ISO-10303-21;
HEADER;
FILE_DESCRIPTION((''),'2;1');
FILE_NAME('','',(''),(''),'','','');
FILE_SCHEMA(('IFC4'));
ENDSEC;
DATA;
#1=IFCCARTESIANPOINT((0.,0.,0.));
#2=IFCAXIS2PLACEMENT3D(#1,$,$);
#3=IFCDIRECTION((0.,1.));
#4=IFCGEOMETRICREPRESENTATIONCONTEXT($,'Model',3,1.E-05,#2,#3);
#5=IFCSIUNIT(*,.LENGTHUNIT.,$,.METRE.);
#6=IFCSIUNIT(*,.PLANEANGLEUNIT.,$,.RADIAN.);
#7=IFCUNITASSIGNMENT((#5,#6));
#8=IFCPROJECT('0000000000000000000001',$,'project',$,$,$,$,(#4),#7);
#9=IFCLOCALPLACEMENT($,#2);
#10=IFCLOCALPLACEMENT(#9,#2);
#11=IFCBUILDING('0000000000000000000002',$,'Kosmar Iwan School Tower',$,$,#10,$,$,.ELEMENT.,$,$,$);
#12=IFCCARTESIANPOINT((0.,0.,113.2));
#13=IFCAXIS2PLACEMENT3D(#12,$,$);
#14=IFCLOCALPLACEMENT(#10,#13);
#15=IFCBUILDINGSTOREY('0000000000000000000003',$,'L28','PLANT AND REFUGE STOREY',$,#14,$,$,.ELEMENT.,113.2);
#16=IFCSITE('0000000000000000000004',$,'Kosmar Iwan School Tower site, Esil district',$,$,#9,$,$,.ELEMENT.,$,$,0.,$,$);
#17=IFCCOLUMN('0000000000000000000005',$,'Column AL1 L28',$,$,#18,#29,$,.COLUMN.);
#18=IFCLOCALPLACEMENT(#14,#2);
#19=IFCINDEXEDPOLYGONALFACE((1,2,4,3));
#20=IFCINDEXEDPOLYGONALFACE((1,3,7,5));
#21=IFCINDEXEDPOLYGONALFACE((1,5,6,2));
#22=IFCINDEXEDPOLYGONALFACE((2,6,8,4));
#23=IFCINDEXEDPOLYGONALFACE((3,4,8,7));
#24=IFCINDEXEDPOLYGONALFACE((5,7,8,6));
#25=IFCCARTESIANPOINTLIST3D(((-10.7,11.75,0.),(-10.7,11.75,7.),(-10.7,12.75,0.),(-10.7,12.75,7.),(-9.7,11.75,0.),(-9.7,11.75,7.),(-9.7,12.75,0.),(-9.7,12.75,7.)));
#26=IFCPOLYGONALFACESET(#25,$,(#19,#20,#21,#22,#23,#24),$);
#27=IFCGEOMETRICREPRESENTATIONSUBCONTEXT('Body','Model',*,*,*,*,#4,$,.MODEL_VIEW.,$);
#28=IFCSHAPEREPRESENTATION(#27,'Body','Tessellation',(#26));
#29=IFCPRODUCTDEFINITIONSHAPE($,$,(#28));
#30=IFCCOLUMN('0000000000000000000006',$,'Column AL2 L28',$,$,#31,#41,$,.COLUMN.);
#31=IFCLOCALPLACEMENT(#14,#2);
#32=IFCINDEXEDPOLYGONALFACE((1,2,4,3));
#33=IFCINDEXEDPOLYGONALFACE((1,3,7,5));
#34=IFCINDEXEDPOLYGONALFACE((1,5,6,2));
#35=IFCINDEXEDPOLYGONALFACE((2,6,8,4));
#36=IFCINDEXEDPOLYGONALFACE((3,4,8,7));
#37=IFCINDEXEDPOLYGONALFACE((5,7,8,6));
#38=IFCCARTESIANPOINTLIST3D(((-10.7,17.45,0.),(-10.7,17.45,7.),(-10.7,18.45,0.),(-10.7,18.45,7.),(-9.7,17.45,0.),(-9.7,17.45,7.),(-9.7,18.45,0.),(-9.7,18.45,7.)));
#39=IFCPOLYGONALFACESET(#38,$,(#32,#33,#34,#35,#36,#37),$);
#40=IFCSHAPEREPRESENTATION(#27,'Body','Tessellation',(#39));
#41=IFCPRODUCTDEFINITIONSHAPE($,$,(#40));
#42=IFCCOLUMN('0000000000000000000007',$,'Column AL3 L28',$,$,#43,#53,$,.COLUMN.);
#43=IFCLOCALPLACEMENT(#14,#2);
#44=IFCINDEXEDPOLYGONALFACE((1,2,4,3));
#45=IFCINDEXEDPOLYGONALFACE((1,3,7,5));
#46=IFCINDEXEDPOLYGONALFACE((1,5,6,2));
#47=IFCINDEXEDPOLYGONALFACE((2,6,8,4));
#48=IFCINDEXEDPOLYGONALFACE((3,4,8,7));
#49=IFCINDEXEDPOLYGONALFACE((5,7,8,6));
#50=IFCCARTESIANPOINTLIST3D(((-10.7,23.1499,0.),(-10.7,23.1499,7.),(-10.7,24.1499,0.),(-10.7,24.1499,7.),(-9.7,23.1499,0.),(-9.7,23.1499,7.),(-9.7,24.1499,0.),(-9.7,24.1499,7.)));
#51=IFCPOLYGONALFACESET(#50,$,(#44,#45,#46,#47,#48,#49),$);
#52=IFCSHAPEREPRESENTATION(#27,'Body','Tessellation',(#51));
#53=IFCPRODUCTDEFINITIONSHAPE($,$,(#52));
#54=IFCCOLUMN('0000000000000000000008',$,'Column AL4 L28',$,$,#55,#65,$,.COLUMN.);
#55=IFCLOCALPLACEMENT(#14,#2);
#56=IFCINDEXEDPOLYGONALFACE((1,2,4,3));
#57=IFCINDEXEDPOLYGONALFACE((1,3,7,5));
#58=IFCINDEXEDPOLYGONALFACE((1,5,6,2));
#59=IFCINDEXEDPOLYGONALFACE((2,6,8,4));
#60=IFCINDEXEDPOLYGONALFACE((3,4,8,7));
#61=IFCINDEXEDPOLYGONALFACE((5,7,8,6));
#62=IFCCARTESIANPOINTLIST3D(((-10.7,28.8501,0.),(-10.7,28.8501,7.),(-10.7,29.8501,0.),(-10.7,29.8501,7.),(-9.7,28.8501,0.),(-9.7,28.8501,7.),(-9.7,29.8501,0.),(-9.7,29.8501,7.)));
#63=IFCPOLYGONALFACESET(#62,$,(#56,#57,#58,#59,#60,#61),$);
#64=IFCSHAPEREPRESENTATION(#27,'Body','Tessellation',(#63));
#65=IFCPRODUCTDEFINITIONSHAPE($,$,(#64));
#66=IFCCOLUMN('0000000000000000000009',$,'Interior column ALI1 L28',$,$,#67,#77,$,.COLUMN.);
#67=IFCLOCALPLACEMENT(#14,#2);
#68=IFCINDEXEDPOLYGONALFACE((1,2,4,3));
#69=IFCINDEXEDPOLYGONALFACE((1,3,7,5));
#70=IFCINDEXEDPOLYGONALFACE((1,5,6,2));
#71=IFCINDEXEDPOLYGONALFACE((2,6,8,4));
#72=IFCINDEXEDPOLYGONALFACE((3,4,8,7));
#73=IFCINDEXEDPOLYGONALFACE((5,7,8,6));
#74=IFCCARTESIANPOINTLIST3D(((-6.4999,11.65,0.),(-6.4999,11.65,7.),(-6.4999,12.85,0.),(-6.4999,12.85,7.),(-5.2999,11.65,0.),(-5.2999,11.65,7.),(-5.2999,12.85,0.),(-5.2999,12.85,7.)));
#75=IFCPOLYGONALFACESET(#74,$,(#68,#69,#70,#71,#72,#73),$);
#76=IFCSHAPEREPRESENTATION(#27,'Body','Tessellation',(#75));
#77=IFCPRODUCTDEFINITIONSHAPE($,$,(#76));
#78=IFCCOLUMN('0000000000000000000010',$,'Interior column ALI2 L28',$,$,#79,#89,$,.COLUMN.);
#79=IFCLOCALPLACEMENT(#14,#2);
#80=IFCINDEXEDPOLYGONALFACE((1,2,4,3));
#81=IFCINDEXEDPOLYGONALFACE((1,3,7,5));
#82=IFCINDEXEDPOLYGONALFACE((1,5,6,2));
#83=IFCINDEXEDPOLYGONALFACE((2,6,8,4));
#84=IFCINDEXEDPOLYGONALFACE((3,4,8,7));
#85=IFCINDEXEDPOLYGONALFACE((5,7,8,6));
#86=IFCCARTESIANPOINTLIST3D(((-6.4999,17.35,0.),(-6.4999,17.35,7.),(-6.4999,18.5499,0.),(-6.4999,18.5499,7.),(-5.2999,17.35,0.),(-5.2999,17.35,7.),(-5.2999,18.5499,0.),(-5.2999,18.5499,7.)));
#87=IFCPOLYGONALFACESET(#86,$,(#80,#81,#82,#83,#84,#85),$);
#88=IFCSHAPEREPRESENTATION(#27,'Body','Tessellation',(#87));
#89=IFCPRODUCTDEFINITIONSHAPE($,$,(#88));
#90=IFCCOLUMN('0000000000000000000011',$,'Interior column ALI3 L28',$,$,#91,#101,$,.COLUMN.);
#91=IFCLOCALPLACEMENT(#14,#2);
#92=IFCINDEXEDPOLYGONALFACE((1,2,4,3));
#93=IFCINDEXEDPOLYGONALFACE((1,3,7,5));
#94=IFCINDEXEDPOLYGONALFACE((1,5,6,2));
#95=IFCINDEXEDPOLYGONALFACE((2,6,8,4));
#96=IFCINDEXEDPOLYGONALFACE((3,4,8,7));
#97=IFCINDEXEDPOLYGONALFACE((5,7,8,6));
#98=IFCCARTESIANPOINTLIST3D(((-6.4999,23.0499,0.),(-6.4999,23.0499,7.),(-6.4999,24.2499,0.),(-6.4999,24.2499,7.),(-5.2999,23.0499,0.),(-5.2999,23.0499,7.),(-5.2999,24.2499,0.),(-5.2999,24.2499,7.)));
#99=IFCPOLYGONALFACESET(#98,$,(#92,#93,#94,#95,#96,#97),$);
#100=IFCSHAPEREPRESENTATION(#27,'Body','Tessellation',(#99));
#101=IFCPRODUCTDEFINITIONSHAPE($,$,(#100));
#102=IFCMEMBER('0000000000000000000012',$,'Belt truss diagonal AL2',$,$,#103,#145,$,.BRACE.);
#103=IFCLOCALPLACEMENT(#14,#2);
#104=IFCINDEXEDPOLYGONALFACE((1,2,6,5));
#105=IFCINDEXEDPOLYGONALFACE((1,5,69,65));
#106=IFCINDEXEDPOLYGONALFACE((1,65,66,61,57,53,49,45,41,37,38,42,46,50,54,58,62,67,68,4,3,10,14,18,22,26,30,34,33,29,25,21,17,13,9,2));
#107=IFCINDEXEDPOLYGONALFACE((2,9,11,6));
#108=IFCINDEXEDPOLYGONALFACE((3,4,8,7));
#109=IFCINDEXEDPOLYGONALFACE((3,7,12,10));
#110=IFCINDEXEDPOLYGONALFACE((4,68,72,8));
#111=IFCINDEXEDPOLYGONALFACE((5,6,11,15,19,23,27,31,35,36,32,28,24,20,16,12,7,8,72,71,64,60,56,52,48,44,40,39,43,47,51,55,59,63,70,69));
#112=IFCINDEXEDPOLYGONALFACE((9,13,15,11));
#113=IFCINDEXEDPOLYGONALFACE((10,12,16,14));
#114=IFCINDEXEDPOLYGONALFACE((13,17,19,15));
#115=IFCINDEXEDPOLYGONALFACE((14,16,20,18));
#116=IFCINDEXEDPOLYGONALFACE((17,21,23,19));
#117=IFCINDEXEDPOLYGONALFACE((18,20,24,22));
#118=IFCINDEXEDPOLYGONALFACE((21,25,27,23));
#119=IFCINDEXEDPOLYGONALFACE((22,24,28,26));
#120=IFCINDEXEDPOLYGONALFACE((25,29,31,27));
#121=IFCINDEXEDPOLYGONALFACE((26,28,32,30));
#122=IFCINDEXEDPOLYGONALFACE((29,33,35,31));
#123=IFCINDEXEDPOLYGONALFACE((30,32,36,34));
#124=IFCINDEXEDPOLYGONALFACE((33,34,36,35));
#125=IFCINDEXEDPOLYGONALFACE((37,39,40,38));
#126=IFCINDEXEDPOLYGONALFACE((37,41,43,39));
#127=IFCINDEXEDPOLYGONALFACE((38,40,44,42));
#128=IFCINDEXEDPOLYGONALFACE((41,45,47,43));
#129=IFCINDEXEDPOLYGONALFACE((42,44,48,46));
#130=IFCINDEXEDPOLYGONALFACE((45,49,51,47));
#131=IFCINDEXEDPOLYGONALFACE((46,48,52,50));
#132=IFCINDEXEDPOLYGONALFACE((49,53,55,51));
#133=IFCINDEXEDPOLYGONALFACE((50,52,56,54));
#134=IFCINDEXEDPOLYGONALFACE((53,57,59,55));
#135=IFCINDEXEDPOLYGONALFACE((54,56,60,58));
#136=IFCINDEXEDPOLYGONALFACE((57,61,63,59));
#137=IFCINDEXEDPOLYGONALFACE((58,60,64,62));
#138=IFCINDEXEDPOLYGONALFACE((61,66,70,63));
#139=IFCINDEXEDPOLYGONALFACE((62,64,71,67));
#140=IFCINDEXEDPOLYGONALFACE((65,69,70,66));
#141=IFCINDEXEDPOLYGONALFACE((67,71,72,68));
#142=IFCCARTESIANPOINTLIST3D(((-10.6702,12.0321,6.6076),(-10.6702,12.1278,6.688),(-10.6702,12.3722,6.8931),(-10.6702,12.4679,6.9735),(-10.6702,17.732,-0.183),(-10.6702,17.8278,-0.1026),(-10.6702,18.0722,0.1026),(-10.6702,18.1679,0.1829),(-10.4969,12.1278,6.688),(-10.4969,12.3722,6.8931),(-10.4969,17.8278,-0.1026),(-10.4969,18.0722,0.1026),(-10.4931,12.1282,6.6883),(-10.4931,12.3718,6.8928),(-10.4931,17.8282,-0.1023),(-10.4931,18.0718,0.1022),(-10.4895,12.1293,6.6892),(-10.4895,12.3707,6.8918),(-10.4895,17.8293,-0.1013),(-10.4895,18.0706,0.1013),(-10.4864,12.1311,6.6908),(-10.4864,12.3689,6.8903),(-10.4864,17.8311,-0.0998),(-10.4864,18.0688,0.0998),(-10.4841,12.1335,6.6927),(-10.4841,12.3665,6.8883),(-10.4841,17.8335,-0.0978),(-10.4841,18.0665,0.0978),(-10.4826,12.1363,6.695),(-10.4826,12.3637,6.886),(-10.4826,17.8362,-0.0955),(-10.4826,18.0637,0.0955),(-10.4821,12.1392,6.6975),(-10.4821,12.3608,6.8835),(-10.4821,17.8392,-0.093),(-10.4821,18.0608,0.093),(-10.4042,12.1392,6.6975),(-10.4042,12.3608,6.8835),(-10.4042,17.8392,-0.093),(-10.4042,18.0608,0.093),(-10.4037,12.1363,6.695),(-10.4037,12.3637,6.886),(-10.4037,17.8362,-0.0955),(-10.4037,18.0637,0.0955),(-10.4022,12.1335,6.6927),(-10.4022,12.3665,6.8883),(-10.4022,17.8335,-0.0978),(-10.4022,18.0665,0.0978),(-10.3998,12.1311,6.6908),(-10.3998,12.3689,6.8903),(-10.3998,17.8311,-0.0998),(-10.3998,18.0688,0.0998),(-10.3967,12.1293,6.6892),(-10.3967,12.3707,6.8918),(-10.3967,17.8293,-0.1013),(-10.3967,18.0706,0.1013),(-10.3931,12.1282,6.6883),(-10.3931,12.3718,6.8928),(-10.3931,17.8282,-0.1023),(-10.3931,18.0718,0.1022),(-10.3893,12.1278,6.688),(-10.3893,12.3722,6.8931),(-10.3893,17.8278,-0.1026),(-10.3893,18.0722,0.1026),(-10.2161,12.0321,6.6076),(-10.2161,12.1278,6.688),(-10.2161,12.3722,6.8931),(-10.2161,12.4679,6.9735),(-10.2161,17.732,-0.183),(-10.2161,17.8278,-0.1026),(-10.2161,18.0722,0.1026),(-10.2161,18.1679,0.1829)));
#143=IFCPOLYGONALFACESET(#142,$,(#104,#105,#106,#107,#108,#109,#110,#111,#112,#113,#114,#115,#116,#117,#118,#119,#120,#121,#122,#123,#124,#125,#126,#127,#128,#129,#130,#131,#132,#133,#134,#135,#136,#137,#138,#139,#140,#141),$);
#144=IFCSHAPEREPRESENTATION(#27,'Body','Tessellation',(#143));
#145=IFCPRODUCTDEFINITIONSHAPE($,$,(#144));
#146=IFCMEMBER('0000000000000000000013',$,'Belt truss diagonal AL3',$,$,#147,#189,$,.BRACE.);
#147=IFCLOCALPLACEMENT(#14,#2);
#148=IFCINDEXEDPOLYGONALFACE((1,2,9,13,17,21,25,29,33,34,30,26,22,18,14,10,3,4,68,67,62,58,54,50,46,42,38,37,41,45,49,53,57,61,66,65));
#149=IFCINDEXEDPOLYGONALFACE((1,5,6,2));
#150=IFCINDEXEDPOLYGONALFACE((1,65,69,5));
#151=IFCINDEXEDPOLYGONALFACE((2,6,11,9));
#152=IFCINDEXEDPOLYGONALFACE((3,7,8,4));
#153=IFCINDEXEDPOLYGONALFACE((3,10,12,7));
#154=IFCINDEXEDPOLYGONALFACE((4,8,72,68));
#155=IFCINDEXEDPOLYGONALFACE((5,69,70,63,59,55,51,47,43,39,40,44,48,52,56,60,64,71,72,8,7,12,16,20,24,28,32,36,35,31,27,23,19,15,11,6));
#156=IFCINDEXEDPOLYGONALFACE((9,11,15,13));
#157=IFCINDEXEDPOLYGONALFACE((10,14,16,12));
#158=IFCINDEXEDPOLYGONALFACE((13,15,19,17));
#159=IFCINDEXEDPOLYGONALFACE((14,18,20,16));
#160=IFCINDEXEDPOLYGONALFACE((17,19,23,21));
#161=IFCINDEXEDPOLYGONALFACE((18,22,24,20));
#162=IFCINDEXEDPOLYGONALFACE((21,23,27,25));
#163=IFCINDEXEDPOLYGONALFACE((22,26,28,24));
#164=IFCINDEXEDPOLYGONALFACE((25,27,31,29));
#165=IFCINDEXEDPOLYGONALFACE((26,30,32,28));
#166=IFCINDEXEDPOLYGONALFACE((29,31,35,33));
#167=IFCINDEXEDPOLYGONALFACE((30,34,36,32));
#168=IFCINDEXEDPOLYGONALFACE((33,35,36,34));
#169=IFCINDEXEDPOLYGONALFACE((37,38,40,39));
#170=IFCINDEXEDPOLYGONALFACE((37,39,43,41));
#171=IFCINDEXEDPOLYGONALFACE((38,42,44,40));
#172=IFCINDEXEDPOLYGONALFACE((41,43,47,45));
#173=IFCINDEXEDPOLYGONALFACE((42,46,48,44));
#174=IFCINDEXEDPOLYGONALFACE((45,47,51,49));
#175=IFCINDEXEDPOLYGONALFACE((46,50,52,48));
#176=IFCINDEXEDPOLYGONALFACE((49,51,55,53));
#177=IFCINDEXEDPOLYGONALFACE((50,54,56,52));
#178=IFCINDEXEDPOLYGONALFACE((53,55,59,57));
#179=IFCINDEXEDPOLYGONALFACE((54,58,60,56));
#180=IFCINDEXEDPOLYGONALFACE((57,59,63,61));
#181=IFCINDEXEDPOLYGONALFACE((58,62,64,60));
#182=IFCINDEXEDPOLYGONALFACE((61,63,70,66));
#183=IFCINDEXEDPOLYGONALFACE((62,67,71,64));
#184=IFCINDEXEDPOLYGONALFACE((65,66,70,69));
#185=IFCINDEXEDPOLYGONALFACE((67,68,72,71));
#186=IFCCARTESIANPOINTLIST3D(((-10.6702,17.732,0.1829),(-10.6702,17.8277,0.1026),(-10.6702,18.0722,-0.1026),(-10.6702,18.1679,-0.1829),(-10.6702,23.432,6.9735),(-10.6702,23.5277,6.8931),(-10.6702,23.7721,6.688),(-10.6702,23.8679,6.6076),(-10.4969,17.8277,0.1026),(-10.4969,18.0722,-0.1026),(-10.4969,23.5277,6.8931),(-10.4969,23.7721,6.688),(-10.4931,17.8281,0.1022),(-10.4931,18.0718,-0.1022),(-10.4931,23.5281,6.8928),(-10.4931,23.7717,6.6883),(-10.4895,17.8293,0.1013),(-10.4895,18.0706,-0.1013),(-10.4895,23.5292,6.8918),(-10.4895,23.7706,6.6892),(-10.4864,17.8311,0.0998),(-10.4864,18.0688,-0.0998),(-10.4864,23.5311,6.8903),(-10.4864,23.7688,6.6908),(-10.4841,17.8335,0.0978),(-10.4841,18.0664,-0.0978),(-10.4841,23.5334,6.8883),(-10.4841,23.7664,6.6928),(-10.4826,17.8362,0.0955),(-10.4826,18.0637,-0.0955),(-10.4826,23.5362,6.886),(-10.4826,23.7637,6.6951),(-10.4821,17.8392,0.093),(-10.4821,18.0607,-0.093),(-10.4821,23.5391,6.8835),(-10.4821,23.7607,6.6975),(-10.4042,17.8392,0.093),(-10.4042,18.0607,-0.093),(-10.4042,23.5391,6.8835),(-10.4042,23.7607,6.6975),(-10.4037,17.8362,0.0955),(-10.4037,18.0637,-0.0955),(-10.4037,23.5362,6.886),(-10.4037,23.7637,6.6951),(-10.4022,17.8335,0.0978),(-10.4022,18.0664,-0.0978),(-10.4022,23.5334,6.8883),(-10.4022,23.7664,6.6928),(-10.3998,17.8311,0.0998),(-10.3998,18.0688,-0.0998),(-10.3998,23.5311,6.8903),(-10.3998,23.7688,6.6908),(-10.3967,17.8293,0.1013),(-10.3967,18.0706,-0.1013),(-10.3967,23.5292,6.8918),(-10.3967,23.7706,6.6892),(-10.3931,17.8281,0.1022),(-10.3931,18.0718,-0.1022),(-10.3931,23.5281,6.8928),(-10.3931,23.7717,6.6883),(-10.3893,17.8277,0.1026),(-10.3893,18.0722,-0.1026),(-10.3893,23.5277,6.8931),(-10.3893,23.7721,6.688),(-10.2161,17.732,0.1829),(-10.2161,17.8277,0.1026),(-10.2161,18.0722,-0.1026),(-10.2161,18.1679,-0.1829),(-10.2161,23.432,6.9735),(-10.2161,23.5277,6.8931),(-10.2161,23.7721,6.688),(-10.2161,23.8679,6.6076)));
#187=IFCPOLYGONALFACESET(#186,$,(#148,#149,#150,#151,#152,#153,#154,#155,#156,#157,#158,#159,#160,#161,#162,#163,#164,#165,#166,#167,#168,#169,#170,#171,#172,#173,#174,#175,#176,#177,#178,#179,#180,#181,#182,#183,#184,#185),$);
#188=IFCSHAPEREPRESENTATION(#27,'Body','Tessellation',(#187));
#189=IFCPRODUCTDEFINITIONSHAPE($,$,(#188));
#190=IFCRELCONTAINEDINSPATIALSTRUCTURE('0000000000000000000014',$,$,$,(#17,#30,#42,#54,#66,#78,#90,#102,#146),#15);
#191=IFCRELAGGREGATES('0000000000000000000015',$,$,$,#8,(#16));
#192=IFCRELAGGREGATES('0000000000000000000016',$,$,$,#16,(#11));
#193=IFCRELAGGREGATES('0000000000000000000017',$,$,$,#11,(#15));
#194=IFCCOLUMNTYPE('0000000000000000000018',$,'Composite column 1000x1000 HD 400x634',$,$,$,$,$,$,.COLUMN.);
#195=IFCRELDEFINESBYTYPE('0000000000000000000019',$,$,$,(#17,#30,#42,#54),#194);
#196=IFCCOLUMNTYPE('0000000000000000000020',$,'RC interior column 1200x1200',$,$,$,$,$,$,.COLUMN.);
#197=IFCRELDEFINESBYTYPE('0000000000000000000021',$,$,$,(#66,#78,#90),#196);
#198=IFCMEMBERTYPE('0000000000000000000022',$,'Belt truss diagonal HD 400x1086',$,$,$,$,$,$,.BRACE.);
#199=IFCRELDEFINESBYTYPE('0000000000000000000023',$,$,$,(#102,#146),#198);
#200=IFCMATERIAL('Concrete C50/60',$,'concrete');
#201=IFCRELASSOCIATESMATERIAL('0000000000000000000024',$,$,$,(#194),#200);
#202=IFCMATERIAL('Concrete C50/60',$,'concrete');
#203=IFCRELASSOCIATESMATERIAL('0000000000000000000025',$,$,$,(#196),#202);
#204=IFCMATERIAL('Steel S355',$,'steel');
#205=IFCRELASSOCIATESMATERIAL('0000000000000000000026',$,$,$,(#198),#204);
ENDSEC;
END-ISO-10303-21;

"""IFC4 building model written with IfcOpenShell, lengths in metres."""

from ifc_helpers import new_model, si_unit, direction, frame, origin, origin_2d, place, context, subcontext, project, spatial, rectangle, i_section, extrude, material, material_profile, profile_set, type_object, element, save


model = new_model("IFC4")

# Units and contexts
model_context = context("Model", 3, precision=1e-05, world=origin(), true_north=direction((0.0, 1.0)))
body_context = subcontext(model_context, "Body", "Model", "MODEL_VIEW")
ifc_project = project(units=[si_unit("LENGTHUNIT", "METRE"), si_unit("PLANEANGLEUNIT", "RADIAN")], contexts=[model_context])

# Site, building, storey
site_placement = place(None, origin())
site = spatial("IfcSite", under=ifc_project, at=site_placement, Name="Kosmar Iwan School Tower site, Esil district", CompositionType="ELEMENT", RefElevation=0.0)
building_placement = place(site_placement, origin())
building = spatial("IfcBuilding", under=site, at=building_placement, Name="Kosmar Iwan School Tower", CompositionType="ELEMENT")
storey_placement = place(building_placement, frame((0.0, 0.0, 113.2)))
storey = spatial("IfcBuildingStorey", under=building, at=storey_placement, Name="L28", Description="PLANT AND REFUGE STOREY", CompositionType="ELEMENT", Elevation=113.2)

# Columns
ifc_material_1 = material(Name="Concrete C50/60", Category="concrete")
ifc_material_profile_1 = material_profile(ifc_material_1, rectangle(XDim=1.0, YDim=1.0, at=origin_2d()), Name="RC 1000x1000 + HD 400x634")
ifc_profile_set_1 = profile_set([ifc_material_profile_1], Name="Concrete C50/60")
column_type_1 = type_object("IfcColumnType", Name="Composite column 1000x1000 HD 400x634", PredefinedType="COLUMN", material=ifc_profile_set_1)
for number, where, z_axis, x_axis, name in (
    (1, (-10.2, 12.25, 0.0), (0.0, 0.0, 1.0), (0.0, 1.0, 0.0), "Column AL1 L28"),
    (2, (-10.2, 17.95, 0.0), (0.0, 0.0, 1.0), (0.0, 1.0, 0.0), "Column AL2 L28"),
    (3, (-10.2, 23.6499, 0.0), (0.0, 0.0, 1.0), (0.0, 1.0, 0.0), "Column AL3 L28"),
    (4, (-10.2, 29.3501, 0.0), (0.0, 0.0, 1.0), (0.0, 1.0, 0.0), "Column AL4 L28"),
):
    element("IfcColumn", number, at=place(storey_placement, frame(where, z_axis=z_axis, x_axis=x_axis)), inside=storey, type_object=column_type_1, Name=name, PredefinedType="COLUMN", context=body_context, shape_type="SweptSolid", body=[
        extrude(rectangle(XDim=1.0, YDim=1.0, at=origin_2d()), origin(), (0.0, 0.0, 1.0), 7.0),
    ])
ifc_material_2 = material(Name="Concrete C50/60", Category="concrete")
ifc_material_profile_2 = material_profile(ifc_material_2, rectangle(XDim=1.2, YDim=1.2, at=origin_2d()), Name="RC 1200x1200")
ifc_profile_set_2 = profile_set([ifc_material_profile_2], Name="Concrete C50/60")
column_type_2 = type_object("IfcColumnType", Name="RC interior column 1200x1200", PredefinedType="COLUMN", material=ifc_profile_set_2)
for number, where, z_axis, x_axis, name in (
    (5, (-5.8999, 12.25, 0.0), (0.0, 0.0, 1.0), (0.0, 1.0, 0.0), "Interior column ALI1 L28"),
    (6, (-5.8999, 17.95, 0.0), (0.0, 0.0, 1.0), (0.0, 1.0, 0.0), "Interior column ALI2 L28"),
    (7, (-5.8999, 23.6499, 0.0), (0.0, 0.0, 1.0), (0.0, 1.0, 0.0), "Interior column ALI3 L28"),
):
    element("IfcColumn", number, at=place(storey_placement, frame(where, z_axis=z_axis, x_axis=x_axis)), inside=storey, type_object=column_type_2, Name=name, PredefinedType="COLUMN", context=body_context, shape_type="SweptSolid", body=[
        extrude(rectangle(XDim=1.2, YDim=1.2, at=origin_2d()), origin(), (0.0, 0.0, 1.0), 7.0),
    ])

# Members
ifc_material_3 = material(Name="Steel S355", Category="steel")
ifc_material_profile_3 = material_profile(ifc_material_3, i_section(OverallWidth=0.4541, OverallDepth=0.5691, WebThickness=0.0779, FlangeThickness=0.125, FilletRadius=0.0149, at=origin_2d()), Name="HD 400x1086")
ifc_profile_set_3 = profile_set([ifc_material_profile_3], Name="Steel S355")
member_type = type_object("IfcMemberType", Name="Belt truss diagonal HD 400x1086", PredefinedType="BRACE", material=ifc_profile_set_3)
for number, where, z_axis, x_axis, name in (
    (8, (-10.4431, 12.25, 6.7905), (0.0, 0.642921, -0.765932), (-1.0, 0.0, 0.0), "Belt truss diagonal AL2"),
    (9, (-10.4431, 17.95, 0.0), (0.0, 0.642921, 0.765932), (-1.0, 0.0, 0.0), "Belt truss diagonal AL3"),
):
    element("IfcMember", number, at=place(storey_placement, frame(where, z_axis=z_axis, x_axis=x_axis)), inside=storey, type_object=member_type, Name=name, PredefinedType="BRACE", context=body_context, shape_type="SweptSolid", body=[
        extrude(i_section(OverallWidth=0.4541, OverallDepth=0.5691, WebThickness=0.0779, FlangeThickness=0.125, FilletRadius=0.0149, at=origin_2d()), origin(), (0.0, 0.0, 1.0), 8.8657),
    ])

save(model, "model.ifc")
